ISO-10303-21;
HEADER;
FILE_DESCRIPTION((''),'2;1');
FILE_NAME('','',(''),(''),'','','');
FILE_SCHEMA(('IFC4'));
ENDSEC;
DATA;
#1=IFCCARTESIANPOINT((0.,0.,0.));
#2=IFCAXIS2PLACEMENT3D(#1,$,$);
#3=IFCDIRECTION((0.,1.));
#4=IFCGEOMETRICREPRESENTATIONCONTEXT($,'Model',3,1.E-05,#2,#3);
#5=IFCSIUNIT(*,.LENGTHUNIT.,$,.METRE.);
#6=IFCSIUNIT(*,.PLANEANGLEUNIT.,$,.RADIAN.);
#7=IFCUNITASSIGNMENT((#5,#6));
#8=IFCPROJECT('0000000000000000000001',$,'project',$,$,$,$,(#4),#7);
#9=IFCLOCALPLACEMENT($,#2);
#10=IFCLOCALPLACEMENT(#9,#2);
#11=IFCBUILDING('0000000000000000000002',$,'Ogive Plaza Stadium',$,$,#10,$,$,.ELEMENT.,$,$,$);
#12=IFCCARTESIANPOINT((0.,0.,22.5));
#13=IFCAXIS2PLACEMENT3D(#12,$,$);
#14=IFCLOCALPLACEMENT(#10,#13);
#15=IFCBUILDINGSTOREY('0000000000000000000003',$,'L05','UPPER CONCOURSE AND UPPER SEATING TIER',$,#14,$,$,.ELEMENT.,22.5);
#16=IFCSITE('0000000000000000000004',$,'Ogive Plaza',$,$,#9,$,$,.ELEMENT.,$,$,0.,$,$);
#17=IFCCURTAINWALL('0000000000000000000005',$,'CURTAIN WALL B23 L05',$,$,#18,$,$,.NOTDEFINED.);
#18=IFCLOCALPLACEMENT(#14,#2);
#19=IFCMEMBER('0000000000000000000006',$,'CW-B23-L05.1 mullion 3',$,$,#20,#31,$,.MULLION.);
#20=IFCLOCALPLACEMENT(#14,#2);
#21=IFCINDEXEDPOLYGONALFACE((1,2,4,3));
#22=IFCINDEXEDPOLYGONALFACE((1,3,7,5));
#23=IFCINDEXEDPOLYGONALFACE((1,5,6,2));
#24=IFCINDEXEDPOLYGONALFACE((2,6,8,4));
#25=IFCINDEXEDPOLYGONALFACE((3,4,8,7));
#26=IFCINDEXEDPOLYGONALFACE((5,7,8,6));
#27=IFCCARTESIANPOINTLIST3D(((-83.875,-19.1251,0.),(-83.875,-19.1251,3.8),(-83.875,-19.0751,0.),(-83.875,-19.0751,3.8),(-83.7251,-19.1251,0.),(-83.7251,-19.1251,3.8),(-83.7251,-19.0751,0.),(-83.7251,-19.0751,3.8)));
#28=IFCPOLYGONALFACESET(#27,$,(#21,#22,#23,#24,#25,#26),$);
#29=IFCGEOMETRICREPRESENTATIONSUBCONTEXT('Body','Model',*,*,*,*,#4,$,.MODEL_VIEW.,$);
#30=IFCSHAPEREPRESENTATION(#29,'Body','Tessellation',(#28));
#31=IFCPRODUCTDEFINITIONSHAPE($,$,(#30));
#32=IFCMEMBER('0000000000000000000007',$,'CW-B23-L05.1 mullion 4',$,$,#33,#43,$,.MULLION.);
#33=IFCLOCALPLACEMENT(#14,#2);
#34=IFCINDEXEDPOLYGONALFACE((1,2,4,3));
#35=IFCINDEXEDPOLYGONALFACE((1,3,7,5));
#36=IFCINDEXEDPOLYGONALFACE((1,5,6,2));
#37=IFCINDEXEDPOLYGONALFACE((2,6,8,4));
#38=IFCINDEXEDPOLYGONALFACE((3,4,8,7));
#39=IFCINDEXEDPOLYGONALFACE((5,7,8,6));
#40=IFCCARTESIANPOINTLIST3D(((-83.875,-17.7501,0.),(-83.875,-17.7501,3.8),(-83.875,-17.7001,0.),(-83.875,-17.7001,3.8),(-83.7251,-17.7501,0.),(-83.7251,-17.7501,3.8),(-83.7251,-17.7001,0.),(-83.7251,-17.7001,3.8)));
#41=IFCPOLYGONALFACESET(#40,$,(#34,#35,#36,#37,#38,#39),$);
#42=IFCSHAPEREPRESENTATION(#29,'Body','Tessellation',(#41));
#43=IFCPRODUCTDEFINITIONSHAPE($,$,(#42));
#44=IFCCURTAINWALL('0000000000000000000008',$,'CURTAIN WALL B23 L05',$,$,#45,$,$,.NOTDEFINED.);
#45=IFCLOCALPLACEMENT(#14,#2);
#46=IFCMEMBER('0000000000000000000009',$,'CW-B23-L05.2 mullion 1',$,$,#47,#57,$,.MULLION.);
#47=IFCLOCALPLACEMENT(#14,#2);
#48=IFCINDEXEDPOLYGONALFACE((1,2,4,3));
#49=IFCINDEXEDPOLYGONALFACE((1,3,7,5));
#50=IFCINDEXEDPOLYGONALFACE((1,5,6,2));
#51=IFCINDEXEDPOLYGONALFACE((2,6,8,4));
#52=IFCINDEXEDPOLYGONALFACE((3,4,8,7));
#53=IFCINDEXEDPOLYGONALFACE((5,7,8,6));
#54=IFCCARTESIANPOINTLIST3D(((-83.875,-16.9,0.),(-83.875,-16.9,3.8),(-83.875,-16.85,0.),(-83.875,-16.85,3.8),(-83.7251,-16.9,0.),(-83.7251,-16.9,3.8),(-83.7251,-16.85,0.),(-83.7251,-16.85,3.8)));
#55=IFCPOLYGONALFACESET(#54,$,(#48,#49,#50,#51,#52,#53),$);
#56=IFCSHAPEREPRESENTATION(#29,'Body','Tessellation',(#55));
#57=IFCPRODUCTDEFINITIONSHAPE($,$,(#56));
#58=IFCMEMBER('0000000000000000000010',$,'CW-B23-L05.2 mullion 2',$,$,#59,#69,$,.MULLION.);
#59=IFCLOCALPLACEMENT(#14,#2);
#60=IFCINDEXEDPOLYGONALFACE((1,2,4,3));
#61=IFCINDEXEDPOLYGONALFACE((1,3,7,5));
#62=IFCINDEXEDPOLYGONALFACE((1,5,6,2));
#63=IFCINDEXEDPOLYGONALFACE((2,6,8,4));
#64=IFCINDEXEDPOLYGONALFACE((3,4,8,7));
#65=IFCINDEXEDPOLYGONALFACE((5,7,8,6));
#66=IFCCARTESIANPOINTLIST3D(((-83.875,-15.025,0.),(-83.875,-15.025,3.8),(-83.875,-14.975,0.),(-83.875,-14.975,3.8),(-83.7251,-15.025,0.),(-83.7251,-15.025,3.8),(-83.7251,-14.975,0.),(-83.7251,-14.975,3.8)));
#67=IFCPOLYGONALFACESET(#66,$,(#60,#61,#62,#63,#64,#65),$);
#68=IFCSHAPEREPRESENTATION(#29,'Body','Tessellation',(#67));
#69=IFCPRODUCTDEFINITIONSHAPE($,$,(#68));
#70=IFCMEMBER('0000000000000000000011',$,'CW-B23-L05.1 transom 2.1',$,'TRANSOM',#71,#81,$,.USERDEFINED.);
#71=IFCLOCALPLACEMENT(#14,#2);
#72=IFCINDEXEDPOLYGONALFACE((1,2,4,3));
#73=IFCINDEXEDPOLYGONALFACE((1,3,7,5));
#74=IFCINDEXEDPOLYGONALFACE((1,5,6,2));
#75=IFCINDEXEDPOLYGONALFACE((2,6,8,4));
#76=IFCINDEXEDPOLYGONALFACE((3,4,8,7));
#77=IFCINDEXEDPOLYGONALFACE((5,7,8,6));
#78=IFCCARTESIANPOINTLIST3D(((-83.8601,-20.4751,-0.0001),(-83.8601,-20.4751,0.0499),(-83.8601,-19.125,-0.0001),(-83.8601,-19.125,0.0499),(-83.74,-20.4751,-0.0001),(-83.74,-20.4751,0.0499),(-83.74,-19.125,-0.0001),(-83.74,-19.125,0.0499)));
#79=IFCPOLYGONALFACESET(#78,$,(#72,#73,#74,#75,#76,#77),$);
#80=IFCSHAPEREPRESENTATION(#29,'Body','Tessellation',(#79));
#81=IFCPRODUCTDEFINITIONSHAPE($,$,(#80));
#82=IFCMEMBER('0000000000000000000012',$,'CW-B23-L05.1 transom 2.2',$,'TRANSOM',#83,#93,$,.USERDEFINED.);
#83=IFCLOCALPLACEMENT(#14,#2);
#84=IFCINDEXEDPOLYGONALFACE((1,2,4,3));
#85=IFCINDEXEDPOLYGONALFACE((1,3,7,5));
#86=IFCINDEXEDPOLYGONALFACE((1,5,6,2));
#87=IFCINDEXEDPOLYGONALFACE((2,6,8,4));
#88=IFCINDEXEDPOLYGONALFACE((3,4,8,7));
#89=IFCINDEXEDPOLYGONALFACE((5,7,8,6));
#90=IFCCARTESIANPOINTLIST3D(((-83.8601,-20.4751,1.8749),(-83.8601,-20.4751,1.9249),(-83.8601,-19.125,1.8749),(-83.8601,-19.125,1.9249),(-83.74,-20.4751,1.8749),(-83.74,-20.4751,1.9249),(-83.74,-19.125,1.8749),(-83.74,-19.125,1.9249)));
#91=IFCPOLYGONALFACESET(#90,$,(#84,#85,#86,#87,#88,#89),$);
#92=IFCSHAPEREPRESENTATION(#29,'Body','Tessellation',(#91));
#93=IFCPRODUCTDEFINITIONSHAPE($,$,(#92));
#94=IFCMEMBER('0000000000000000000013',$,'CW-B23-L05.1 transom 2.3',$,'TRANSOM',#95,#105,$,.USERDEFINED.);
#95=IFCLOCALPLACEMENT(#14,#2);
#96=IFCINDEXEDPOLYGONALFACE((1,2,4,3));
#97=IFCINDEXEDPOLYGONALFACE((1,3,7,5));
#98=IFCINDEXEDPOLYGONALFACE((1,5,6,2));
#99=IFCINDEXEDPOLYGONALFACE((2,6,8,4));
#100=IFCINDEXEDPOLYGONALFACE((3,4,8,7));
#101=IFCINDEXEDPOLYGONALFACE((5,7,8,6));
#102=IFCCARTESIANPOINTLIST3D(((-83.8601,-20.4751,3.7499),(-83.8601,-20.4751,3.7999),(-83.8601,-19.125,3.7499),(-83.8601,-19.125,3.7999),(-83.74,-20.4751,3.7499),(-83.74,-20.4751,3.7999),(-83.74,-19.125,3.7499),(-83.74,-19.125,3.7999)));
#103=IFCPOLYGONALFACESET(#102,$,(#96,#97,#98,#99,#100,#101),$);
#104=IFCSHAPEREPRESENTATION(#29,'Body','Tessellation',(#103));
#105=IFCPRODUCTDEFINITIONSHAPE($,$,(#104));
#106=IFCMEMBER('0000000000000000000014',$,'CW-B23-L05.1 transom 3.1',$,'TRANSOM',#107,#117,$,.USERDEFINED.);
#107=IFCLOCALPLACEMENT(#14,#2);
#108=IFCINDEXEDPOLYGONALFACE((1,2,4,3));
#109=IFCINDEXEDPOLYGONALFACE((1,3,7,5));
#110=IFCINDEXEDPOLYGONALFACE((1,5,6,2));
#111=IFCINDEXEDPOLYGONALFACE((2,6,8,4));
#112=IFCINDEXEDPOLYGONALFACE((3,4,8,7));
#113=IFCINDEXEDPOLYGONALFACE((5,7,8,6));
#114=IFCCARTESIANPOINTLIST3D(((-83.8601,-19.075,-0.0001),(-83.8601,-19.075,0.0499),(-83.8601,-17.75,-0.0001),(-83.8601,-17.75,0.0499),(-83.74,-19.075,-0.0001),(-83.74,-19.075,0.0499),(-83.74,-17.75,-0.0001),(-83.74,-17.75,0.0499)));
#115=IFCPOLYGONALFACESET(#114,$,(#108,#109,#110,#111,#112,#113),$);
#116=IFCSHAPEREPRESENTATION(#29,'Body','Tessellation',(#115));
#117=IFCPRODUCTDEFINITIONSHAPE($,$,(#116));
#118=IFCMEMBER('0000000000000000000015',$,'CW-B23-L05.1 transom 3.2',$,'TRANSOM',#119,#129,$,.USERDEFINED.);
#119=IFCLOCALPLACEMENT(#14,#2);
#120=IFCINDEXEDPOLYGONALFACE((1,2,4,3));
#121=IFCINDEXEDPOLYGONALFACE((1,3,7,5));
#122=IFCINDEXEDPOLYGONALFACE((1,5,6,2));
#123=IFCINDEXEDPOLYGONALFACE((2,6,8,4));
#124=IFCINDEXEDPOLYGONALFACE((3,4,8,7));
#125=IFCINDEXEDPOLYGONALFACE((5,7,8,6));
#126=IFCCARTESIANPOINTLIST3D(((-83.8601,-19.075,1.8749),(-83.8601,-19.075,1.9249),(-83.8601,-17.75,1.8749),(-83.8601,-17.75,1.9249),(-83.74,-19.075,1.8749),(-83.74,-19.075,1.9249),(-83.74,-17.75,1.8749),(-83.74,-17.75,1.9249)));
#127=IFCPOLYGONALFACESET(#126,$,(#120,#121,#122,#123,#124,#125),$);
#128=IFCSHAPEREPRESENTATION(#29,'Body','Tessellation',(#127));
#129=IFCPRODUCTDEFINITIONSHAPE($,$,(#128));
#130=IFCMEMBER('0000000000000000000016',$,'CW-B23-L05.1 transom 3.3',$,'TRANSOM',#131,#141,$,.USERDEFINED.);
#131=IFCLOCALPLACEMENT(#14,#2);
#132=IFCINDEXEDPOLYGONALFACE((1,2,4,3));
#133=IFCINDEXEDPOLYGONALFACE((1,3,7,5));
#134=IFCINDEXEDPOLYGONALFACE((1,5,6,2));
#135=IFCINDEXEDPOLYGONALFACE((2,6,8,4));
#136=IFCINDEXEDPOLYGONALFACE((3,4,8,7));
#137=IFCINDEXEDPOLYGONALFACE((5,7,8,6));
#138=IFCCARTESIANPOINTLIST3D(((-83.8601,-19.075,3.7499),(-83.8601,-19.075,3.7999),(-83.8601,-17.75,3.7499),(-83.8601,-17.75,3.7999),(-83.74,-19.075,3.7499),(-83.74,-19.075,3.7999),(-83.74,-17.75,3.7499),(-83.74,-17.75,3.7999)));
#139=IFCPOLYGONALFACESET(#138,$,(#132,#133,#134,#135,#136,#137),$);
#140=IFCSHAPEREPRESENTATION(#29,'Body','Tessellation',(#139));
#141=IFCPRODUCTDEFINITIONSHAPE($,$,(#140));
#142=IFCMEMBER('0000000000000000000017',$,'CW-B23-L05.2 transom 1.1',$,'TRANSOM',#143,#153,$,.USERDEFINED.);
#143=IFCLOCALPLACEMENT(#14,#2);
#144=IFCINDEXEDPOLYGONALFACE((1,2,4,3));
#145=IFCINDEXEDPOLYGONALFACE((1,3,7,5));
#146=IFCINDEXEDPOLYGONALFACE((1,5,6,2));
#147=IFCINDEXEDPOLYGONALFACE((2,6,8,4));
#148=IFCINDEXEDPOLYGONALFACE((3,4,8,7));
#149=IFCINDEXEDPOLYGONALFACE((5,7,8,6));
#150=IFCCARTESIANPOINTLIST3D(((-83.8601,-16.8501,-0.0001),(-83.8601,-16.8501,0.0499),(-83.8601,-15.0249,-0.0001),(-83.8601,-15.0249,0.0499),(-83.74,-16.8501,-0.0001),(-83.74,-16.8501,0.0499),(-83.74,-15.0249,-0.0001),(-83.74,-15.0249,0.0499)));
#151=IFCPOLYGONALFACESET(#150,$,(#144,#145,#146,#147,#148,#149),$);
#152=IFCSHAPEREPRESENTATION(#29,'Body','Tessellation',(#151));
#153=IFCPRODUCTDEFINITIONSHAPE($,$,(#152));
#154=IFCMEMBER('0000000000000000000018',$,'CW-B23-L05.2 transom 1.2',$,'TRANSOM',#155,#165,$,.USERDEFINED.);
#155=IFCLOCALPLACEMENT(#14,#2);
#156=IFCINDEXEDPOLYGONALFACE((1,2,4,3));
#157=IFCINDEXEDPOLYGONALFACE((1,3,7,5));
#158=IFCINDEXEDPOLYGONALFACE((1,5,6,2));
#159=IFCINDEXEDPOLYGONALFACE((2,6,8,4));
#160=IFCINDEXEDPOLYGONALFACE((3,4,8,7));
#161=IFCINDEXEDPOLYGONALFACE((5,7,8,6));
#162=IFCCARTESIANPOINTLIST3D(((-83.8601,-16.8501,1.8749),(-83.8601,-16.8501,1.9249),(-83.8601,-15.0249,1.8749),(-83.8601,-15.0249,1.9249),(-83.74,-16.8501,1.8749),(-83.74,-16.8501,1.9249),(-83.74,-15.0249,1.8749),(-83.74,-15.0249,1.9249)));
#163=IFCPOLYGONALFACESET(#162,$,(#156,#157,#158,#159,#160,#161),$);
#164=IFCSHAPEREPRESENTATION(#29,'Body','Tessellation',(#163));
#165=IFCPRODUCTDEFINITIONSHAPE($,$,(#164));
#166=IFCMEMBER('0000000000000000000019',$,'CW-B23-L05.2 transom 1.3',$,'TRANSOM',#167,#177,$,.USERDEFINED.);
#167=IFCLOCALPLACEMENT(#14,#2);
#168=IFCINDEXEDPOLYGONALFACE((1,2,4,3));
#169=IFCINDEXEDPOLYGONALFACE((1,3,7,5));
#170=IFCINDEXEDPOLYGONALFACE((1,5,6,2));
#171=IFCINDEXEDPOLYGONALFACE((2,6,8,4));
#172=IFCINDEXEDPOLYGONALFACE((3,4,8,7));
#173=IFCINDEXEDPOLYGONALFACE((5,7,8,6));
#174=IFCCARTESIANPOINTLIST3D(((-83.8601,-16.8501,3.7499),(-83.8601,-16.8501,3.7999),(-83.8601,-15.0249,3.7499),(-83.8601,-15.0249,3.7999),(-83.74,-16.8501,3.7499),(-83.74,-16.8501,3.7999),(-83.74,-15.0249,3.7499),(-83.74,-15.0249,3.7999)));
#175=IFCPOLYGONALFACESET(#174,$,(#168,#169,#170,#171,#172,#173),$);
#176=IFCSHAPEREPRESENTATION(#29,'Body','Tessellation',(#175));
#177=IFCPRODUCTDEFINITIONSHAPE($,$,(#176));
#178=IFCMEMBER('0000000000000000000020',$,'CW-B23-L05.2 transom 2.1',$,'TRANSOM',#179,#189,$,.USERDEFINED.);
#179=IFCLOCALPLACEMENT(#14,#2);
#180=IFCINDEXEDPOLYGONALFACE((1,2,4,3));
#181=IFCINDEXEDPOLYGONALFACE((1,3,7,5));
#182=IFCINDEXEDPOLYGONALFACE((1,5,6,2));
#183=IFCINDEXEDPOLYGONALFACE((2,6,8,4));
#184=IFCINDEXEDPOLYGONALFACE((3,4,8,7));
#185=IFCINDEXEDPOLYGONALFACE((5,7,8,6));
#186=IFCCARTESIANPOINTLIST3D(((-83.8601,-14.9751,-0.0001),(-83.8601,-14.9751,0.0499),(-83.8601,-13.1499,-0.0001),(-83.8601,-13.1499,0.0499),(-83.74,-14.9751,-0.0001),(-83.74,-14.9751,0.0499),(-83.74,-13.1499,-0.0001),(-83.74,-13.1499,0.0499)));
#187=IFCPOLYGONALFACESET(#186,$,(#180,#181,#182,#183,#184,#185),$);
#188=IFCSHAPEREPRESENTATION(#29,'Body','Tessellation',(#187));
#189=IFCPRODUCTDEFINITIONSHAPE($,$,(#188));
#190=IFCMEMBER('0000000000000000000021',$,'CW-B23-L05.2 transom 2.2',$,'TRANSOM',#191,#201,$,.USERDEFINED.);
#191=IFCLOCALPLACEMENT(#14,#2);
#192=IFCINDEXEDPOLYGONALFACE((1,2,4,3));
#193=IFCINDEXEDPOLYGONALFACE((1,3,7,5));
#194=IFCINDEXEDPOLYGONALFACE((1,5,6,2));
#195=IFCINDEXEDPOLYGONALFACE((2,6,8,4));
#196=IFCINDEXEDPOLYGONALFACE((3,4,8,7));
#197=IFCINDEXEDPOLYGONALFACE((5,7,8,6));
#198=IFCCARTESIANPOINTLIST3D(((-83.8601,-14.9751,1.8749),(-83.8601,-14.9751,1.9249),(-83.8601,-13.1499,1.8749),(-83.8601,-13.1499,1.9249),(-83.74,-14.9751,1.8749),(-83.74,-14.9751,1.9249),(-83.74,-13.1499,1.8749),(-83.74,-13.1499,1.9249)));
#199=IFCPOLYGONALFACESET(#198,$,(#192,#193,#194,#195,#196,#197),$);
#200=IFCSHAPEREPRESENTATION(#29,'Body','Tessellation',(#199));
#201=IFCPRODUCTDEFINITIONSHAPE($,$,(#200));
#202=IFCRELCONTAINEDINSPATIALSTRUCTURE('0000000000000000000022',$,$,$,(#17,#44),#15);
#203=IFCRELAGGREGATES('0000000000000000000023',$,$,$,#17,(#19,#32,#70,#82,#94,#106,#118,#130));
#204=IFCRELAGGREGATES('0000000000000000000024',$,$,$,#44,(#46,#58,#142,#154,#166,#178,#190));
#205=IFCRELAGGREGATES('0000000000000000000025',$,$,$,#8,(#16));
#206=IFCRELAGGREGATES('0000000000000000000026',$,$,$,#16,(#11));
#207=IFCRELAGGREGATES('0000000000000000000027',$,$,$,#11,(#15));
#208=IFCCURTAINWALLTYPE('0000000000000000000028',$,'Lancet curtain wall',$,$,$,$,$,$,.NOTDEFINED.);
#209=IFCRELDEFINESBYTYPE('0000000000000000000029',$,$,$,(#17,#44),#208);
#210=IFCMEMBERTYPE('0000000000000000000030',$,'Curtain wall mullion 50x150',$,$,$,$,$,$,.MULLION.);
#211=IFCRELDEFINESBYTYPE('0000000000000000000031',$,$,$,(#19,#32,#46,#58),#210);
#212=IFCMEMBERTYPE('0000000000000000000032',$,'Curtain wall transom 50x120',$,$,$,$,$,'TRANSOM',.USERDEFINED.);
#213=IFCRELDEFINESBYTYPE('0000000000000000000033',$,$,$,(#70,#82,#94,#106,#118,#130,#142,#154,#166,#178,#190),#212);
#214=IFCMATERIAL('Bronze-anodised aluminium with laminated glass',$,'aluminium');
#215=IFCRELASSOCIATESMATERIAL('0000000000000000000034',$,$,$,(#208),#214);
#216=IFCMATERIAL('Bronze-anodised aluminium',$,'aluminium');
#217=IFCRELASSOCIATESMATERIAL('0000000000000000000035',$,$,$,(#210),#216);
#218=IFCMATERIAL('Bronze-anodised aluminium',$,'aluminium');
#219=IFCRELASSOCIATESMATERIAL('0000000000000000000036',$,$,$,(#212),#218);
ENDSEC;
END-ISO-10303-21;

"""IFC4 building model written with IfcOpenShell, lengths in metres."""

from ifc_helpers import new_model, si_unit, direction, frame, origin, origin_2d, place, context, subcontext, project, spatial, rectangle, extrude, material, material_profile, profile_set, type_object, element, aggregate, save


model = new_model("IFC4")

# Units and contexts
model_context = context("Model", 3, precision=1e-05, world=origin(), true_north=direction((0.0, 1.0)))
body_context = subcontext(model_context, "Body", "Model", "MODEL_VIEW")
ifc_project = project(units=[si_unit("LENGTHUNIT", "METRE"), si_unit("PLANEANGLEUNIT", "RADIAN")], contexts=[model_context])

# Site, building, storey
site_placement = place(None, origin())
site = spatial("IfcSite", under=ifc_project, at=site_placement, Name="Ogive Plaza", CompositionType="ELEMENT", RefElevation=0.0)
building_placement = place(site_placement, origin())
building = spatial("IfcBuilding", under=site, at=building_placement, Name="Ogive Plaza Stadium", CompositionType="ELEMENT")
storey_placement = place(building_placement, frame((0.0, 0.0, 22.5)))
storey = spatial("IfcBuildingStorey", under=building, at=storey_placement, Name="L05", Description="UPPER CONCOURSE AND UPPER SEATING TIER", CompositionType="ELEMENT", Elevation=22.5)

# Curtain walls, members
ifc_material_1 = material(Name="Bronze-anodised aluminium with laminated glass", Category="aluminium")
curtain_wall_type = type_object("IfcCurtainWallType", Name="Lancet curtain wall", PredefinedType="NOTDEFINED", material=ifc_material_1)
curtain_wall_1_placement = place(storey_placement, origin())
curtain_wall_1 = element("IfcCurtainWall", 1, at=curtain_wall_1_placement, inside=storey, type_object=curtain_wall_type, Name="CURTAIN WALL B23 L05", PredefinedType="NOTDEFINED")
ifc_material_2 = material(Name="Bronze-anodised aluminium", Category="aluminium")
ifc_material_profile_1 = material_profile(ifc_material_2, rectangle(XDim=0.1499, YDim=0.05, at=origin_2d()), Name="AL 150x50")
ifc_profile_set_1 = profile_set([ifc_material_profile_1], Name="Bronze-anodised aluminium")
member_type_1 = type_object("IfcMemberType", Name="Curtain wall mullion 50x150", PredefinedType="MULLION", material=ifc_profile_set_1)
member_1_placement = place(storey_placement, frame((-83.8, -19.1001, 0.0), z_axis=(0.0, 0.0, 1.0), x_axis=(-1.0, 0.0, 0.0)))
member_1 = element("IfcMember", 2, at=member_1_placement, type_object=member_type_1, Name="CW-B23-L05.1 mullion 3", PredefinedType="MULLION", context=body_context, shape_type="SweptSolid", body=[
    extrude(rectangle(XDim=0.1499, YDim=0.05, at=origin_2d()), origin(), (0.0, 0.0, 1.0), 3.8),
])
member_2_placement = place(storey_placement, frame((-83.8, -17.7251, 0.0), z_axis=(0.0, 0.0, 1.0), x_axis=(-1.0, 0.0, 0.0)))
member_2 = element("IfcMember", 3, at=member_2_placement, type_object=member_type_1, Name="CW-B23-L05.1 mullion 4", PredefinedType="MULLION", context=body_context, shape_type="SweptSolid", body=[
    extrude(rectangle(XDim=0.1499, YDim=0.05, at=origin_2d()), origin(), (0.0, 0.0, 1.0), 3.8),
])
curtain_wall_2_placement = place(storey_placement, origin())
curtain_wall_2 = element("IfcCurtainWall", 4, at=curtain_wall_2_placement, inside=storey, type_object=curtain_wall_type, Name="CURTAIN WALL B23 L05", PredefinedType="NOTDEFINED")
member_3_placement = place(storey_placement, frame((-83.8, -16.875, 0.0), z_axis=(0.0, 0.0, 1.0), x_axis=(-1.0, 0.0, 0.0)))
member_3 = element("IfcMember", 5, at=member_3_placement, type_object=member_type_1, Name="CW-B23-L05.2 mullion 1", PredefinedType="MULLION", context=body_context, shape_type="SweptSolid", body=[
    extrude(rectangle(XDim=0.1499, YDim=0.05, at=origin_2d()), origin(), (0.0, 0.0, 1.0), 3.8),
])
member_4_placement = place(storey_placement, frame((-83.8, -15.0, 0.0), z_axis=(0.0, 0.0, 1.0), x_axis=(-1.0, 0.0, 0.0)))
member_4 = element("IfcMember", 6, at=member_4_placement, type_object=member_type_1, Name="CW-B23-L05.2 mullion 2", PredefinedType="MULLION", context=body_context, shape_type="SweptSolid", body=[
    extrude(rectangle(XDim=0.1499, YDim=0.05, at=origin_2d()), origin(), (0.0, 0.0, 1.0), 3.8),
])

# Members
ifc_material_3 = material(Name="Bronze-anodised aluminium", Category="aluminium")
ifc_material_profile_2 = material_profile(ifc_material_3, rectangle(XDim=0.1201, YDim=0.05, at=origin_2d()), Name="AL 120x50")
ifc_profile_set_2 = profile_set([ifc_material_profile_2], Name="Bronze-anodised aluminium")
member_type_2 = type_object("IfcMemberType", Name="Curtain wall transom 50x120", ElementType="TRANSOM", PredefinedType="USERDEFINED", material=ifc_profile_set_2)
member_5_placement = place(storey_placement, frame((-83.8, -20.4751, 0.0249), z_axis=(0.0, 1.0, 0.0), x_axis=(-1.0, 0.0, 0.0)))
member_5 = element("IfcMember", 7, at=member_5_placement, type_object=member_type_2, Name="CW-B23-L05.1 transom 2.1", ObjectType="TRANSOM", PredefinedType="USERDEFINED", context=body_context, shape_type="SweptSolid", body=[
    extrude(rectangle(XDim=0.1201, YDim=0.05, at=origin_2d()), origin(), (0.0, 0.0, 1.0), 1.3501),
])
member_6_placement = place(storey_placement, frame((-83.8, -20.4751, 1.8999), z_axis=(0.0, 1.0, 0.0), x_axis=(-1.0, 0.0, 0.0)))
member_6 = element("IfcMember", 8, at=member_6_placement, type_object=member_type_2, Name="CW-B23-L05.1 transom 2.2", ObjectType="TRANSOM", PredefinedType="USERDEFINED", context=body_context, shape_type="SweptSolid", body=[
    extrude(rectangle(XDim=0.1201, YDim=0.05, at=origin_2d()), origin(), (0.0, 0.0, 1.0), 1.3501),
])
member_7_placement = place(storey_placement, frame((-83.8, -20.4751, 3.7749), z_axis=(0.0, 1.0, 0.0), x_axis=(-1.0, 0.0, 0.0)))
member_7 = element("IfcMember", 9, at=member_7_placement, type_object=member_type_2, Name="CW-B23-L05.1 transom 2.3", ObjectType="TRANSOM", PredefinedType="USERDEFINED", context=body_context, shape_type="SweptSolid", body=[
    extrude(rectangle(XDim=0.1201, YDim=0.05, at=origin_2d()), origin(), (0.0, 0.0, 1.0), 1.3501),
])
member_8_placement = place(storey_placement, frame((-83.8, -19.075, 0.0249), z_axis=(0.0, 1.0, 0.0), x_axis=(-1.0, 0.0, 0.0)))
member_8 = element("IfcMember", 10, at=member_8_placement, type_object=member_type_2, Name="CW-B23-L05.1 transom 3.1", ObjectType="TRANSOM", PredefinedType="USERDEFINED", context=body_context, shape_type="SweptSolid", body=[
    extrude(rectangle(XDim=0.1201, YDim=0.05, at=origin_2d()), origin(), (0.0, 0.0, 1.0), 1.325),
])
member_9_placement = place(storey_placement, frame((-83.8, -19.075, 1.8999), z_axis=(0.0, 1.0, 0.0), x_axis=(-1.0, 0.0, 0.0)))
member_9 = element("IfcMember", 11, at=member_9_placement, type_object=member_type_2, Name="CW-B23-L05.1 transom 3.2", ObjectType="TRANSOM", PredefinedType="USERDEFINED", context=body_context, shape_type="SweptSolid", body=[
    extrude(rectangle(XDim=0.1201, YDim=0.05, at=origin_2d()), origin(), (0.0, 0.0, 1.0), 1.325),
])
member_10_placement = place(storey_placement, frame((-83.8, -19.075, 3.7749), z_axis=(0.0, 1.0, 0.0), x_axis=(-1.0, 0.0, 0.0)))
member_10 = element("IfcMember", 12, at=member_10_placement, type_object=member_type_2, Name="CW-B23-L05.1 transom 3.3", ObjectType="TRANSOM", PredefinedType="USERDEFINED", context=body_context, shape_type="SweptSolid", body=[
    extrude(rectangle(XDim=0.1201, YDim=0.05, at=origin_2d()), origin(), (0.0, 0.0, 1.0), 1.325),
])
member_11_placement = place(storey_placement, frame((-83.8, -16.8501, 0.0249), z_axis=(0.0, 1.0, 0.0), x_axis=(-1.0, 0.0, 0.0)))
member_11 = element("IfcMember", 13, at=member_11_placement, type_object=member_type_2, Name="CW-B23-L05.2 transom 1.1", ObjectType="TRANSOM", PredefinedType="USERDEFINED", context=body_context, shape_type="SweptSolid", body=[
    extrude(rectangle(XDim=0.1201, YDim=0.05, at=origin_2d()), origin(), (0.0, 0.0, 1.0), 1.8252),
])
member_12_placement = place(storey_placement, frame((-83.8, -16.8501, 1.8999), z_axis=(0.0, 1.0, 0.0), x_axis=(-1.0, 0.0, 0.0)))
member_12 = element("IfcMember", 14, at=member_12_placement, type_object=member_type_2, Name="CW-B23-L05.2 transom 1.2", ObjectType="TRANSOM", PredefinedType="USERDEFINED", context=body_context, shape_type="SweptSolid", body=[
    extrude(rectangle(XDim=0.1201, YDim=0.05, at=origin_2d()), origin(), (0.0, 0.0, 1.0), 1.8252),
])
member_13_placement = place(storey_placement, frame((-83.8, -16.8501, 3.7749), z_axis=(0.0, 1.0, 0.0), x_axis=(-1.0, 0.0, 0.0)))
member_13 = element("IfcMember", 15, at=member_13_placement, type_object=member_type_2, Name="CW-B23-L05.2 transom 1.3", ObjectType="TRANSOM", PredefinedType="USERDEFINED", context=body_context, shape_type="SweptSolid", body=[
    extrude(rectangle(XDim=0.1201, YDim=0.05, at=origin_2d()), origin(), (0.0, 0.0, 1.0), 1.8252),
])
member_14_placement = place(storey_placement, frame((-83.8, -14.9751, 0.0249), z_axis=(0.0, 1.0, 0.0), x_axis=(-1.0, 0.0, 0.0)))
member_14 = element("IfcMember", 16, at=member_14_placement, type_object=member_type_2, Name="CW-B23-L05.2 transom 2.1", ObjectType="TRANSOM", PredefinedType="USERDEFINED", context=body_context, shape_type="SweptSolid", body=[
    extrude(rectangle(XDim=0.1201, YDim=0.05, at=origin_2d()), origin(), (0.0, 0.0, 1.0), 1.8252),
])
member_15_placement = place(storey_placement, frame((-83.8, -14.9751, 1.8999), z_axis=(0.0, 1.0, 0.0), x_axis=(-1.0, 0.0, 0.0)))
member_15 = element("IfcMember", 17, at=member_15_placement, type_object=member_type_2, Name="CW-B23-L05.2 transom 2.2", ObjectType="TRANSOM", PredefinedType="USERDEFINED", context=body_context, shape_type="SweptSolid", body=[
    extrude(rectangle(XDim=0.1201, YDim=0.05, at=origin_2d()), origin(), (0.0, 0.0, 1.0), 1.8252),
])

aggregate(curtain_wall_1, [member_1, member_2, member_5, member_6, member_7, member_8, member_9, member_10])
aggregate(curtain_wall_2, [member_3, member_4, member_11, member_12, member_13, member_14, member_15])

save(model, "model.ifc")
